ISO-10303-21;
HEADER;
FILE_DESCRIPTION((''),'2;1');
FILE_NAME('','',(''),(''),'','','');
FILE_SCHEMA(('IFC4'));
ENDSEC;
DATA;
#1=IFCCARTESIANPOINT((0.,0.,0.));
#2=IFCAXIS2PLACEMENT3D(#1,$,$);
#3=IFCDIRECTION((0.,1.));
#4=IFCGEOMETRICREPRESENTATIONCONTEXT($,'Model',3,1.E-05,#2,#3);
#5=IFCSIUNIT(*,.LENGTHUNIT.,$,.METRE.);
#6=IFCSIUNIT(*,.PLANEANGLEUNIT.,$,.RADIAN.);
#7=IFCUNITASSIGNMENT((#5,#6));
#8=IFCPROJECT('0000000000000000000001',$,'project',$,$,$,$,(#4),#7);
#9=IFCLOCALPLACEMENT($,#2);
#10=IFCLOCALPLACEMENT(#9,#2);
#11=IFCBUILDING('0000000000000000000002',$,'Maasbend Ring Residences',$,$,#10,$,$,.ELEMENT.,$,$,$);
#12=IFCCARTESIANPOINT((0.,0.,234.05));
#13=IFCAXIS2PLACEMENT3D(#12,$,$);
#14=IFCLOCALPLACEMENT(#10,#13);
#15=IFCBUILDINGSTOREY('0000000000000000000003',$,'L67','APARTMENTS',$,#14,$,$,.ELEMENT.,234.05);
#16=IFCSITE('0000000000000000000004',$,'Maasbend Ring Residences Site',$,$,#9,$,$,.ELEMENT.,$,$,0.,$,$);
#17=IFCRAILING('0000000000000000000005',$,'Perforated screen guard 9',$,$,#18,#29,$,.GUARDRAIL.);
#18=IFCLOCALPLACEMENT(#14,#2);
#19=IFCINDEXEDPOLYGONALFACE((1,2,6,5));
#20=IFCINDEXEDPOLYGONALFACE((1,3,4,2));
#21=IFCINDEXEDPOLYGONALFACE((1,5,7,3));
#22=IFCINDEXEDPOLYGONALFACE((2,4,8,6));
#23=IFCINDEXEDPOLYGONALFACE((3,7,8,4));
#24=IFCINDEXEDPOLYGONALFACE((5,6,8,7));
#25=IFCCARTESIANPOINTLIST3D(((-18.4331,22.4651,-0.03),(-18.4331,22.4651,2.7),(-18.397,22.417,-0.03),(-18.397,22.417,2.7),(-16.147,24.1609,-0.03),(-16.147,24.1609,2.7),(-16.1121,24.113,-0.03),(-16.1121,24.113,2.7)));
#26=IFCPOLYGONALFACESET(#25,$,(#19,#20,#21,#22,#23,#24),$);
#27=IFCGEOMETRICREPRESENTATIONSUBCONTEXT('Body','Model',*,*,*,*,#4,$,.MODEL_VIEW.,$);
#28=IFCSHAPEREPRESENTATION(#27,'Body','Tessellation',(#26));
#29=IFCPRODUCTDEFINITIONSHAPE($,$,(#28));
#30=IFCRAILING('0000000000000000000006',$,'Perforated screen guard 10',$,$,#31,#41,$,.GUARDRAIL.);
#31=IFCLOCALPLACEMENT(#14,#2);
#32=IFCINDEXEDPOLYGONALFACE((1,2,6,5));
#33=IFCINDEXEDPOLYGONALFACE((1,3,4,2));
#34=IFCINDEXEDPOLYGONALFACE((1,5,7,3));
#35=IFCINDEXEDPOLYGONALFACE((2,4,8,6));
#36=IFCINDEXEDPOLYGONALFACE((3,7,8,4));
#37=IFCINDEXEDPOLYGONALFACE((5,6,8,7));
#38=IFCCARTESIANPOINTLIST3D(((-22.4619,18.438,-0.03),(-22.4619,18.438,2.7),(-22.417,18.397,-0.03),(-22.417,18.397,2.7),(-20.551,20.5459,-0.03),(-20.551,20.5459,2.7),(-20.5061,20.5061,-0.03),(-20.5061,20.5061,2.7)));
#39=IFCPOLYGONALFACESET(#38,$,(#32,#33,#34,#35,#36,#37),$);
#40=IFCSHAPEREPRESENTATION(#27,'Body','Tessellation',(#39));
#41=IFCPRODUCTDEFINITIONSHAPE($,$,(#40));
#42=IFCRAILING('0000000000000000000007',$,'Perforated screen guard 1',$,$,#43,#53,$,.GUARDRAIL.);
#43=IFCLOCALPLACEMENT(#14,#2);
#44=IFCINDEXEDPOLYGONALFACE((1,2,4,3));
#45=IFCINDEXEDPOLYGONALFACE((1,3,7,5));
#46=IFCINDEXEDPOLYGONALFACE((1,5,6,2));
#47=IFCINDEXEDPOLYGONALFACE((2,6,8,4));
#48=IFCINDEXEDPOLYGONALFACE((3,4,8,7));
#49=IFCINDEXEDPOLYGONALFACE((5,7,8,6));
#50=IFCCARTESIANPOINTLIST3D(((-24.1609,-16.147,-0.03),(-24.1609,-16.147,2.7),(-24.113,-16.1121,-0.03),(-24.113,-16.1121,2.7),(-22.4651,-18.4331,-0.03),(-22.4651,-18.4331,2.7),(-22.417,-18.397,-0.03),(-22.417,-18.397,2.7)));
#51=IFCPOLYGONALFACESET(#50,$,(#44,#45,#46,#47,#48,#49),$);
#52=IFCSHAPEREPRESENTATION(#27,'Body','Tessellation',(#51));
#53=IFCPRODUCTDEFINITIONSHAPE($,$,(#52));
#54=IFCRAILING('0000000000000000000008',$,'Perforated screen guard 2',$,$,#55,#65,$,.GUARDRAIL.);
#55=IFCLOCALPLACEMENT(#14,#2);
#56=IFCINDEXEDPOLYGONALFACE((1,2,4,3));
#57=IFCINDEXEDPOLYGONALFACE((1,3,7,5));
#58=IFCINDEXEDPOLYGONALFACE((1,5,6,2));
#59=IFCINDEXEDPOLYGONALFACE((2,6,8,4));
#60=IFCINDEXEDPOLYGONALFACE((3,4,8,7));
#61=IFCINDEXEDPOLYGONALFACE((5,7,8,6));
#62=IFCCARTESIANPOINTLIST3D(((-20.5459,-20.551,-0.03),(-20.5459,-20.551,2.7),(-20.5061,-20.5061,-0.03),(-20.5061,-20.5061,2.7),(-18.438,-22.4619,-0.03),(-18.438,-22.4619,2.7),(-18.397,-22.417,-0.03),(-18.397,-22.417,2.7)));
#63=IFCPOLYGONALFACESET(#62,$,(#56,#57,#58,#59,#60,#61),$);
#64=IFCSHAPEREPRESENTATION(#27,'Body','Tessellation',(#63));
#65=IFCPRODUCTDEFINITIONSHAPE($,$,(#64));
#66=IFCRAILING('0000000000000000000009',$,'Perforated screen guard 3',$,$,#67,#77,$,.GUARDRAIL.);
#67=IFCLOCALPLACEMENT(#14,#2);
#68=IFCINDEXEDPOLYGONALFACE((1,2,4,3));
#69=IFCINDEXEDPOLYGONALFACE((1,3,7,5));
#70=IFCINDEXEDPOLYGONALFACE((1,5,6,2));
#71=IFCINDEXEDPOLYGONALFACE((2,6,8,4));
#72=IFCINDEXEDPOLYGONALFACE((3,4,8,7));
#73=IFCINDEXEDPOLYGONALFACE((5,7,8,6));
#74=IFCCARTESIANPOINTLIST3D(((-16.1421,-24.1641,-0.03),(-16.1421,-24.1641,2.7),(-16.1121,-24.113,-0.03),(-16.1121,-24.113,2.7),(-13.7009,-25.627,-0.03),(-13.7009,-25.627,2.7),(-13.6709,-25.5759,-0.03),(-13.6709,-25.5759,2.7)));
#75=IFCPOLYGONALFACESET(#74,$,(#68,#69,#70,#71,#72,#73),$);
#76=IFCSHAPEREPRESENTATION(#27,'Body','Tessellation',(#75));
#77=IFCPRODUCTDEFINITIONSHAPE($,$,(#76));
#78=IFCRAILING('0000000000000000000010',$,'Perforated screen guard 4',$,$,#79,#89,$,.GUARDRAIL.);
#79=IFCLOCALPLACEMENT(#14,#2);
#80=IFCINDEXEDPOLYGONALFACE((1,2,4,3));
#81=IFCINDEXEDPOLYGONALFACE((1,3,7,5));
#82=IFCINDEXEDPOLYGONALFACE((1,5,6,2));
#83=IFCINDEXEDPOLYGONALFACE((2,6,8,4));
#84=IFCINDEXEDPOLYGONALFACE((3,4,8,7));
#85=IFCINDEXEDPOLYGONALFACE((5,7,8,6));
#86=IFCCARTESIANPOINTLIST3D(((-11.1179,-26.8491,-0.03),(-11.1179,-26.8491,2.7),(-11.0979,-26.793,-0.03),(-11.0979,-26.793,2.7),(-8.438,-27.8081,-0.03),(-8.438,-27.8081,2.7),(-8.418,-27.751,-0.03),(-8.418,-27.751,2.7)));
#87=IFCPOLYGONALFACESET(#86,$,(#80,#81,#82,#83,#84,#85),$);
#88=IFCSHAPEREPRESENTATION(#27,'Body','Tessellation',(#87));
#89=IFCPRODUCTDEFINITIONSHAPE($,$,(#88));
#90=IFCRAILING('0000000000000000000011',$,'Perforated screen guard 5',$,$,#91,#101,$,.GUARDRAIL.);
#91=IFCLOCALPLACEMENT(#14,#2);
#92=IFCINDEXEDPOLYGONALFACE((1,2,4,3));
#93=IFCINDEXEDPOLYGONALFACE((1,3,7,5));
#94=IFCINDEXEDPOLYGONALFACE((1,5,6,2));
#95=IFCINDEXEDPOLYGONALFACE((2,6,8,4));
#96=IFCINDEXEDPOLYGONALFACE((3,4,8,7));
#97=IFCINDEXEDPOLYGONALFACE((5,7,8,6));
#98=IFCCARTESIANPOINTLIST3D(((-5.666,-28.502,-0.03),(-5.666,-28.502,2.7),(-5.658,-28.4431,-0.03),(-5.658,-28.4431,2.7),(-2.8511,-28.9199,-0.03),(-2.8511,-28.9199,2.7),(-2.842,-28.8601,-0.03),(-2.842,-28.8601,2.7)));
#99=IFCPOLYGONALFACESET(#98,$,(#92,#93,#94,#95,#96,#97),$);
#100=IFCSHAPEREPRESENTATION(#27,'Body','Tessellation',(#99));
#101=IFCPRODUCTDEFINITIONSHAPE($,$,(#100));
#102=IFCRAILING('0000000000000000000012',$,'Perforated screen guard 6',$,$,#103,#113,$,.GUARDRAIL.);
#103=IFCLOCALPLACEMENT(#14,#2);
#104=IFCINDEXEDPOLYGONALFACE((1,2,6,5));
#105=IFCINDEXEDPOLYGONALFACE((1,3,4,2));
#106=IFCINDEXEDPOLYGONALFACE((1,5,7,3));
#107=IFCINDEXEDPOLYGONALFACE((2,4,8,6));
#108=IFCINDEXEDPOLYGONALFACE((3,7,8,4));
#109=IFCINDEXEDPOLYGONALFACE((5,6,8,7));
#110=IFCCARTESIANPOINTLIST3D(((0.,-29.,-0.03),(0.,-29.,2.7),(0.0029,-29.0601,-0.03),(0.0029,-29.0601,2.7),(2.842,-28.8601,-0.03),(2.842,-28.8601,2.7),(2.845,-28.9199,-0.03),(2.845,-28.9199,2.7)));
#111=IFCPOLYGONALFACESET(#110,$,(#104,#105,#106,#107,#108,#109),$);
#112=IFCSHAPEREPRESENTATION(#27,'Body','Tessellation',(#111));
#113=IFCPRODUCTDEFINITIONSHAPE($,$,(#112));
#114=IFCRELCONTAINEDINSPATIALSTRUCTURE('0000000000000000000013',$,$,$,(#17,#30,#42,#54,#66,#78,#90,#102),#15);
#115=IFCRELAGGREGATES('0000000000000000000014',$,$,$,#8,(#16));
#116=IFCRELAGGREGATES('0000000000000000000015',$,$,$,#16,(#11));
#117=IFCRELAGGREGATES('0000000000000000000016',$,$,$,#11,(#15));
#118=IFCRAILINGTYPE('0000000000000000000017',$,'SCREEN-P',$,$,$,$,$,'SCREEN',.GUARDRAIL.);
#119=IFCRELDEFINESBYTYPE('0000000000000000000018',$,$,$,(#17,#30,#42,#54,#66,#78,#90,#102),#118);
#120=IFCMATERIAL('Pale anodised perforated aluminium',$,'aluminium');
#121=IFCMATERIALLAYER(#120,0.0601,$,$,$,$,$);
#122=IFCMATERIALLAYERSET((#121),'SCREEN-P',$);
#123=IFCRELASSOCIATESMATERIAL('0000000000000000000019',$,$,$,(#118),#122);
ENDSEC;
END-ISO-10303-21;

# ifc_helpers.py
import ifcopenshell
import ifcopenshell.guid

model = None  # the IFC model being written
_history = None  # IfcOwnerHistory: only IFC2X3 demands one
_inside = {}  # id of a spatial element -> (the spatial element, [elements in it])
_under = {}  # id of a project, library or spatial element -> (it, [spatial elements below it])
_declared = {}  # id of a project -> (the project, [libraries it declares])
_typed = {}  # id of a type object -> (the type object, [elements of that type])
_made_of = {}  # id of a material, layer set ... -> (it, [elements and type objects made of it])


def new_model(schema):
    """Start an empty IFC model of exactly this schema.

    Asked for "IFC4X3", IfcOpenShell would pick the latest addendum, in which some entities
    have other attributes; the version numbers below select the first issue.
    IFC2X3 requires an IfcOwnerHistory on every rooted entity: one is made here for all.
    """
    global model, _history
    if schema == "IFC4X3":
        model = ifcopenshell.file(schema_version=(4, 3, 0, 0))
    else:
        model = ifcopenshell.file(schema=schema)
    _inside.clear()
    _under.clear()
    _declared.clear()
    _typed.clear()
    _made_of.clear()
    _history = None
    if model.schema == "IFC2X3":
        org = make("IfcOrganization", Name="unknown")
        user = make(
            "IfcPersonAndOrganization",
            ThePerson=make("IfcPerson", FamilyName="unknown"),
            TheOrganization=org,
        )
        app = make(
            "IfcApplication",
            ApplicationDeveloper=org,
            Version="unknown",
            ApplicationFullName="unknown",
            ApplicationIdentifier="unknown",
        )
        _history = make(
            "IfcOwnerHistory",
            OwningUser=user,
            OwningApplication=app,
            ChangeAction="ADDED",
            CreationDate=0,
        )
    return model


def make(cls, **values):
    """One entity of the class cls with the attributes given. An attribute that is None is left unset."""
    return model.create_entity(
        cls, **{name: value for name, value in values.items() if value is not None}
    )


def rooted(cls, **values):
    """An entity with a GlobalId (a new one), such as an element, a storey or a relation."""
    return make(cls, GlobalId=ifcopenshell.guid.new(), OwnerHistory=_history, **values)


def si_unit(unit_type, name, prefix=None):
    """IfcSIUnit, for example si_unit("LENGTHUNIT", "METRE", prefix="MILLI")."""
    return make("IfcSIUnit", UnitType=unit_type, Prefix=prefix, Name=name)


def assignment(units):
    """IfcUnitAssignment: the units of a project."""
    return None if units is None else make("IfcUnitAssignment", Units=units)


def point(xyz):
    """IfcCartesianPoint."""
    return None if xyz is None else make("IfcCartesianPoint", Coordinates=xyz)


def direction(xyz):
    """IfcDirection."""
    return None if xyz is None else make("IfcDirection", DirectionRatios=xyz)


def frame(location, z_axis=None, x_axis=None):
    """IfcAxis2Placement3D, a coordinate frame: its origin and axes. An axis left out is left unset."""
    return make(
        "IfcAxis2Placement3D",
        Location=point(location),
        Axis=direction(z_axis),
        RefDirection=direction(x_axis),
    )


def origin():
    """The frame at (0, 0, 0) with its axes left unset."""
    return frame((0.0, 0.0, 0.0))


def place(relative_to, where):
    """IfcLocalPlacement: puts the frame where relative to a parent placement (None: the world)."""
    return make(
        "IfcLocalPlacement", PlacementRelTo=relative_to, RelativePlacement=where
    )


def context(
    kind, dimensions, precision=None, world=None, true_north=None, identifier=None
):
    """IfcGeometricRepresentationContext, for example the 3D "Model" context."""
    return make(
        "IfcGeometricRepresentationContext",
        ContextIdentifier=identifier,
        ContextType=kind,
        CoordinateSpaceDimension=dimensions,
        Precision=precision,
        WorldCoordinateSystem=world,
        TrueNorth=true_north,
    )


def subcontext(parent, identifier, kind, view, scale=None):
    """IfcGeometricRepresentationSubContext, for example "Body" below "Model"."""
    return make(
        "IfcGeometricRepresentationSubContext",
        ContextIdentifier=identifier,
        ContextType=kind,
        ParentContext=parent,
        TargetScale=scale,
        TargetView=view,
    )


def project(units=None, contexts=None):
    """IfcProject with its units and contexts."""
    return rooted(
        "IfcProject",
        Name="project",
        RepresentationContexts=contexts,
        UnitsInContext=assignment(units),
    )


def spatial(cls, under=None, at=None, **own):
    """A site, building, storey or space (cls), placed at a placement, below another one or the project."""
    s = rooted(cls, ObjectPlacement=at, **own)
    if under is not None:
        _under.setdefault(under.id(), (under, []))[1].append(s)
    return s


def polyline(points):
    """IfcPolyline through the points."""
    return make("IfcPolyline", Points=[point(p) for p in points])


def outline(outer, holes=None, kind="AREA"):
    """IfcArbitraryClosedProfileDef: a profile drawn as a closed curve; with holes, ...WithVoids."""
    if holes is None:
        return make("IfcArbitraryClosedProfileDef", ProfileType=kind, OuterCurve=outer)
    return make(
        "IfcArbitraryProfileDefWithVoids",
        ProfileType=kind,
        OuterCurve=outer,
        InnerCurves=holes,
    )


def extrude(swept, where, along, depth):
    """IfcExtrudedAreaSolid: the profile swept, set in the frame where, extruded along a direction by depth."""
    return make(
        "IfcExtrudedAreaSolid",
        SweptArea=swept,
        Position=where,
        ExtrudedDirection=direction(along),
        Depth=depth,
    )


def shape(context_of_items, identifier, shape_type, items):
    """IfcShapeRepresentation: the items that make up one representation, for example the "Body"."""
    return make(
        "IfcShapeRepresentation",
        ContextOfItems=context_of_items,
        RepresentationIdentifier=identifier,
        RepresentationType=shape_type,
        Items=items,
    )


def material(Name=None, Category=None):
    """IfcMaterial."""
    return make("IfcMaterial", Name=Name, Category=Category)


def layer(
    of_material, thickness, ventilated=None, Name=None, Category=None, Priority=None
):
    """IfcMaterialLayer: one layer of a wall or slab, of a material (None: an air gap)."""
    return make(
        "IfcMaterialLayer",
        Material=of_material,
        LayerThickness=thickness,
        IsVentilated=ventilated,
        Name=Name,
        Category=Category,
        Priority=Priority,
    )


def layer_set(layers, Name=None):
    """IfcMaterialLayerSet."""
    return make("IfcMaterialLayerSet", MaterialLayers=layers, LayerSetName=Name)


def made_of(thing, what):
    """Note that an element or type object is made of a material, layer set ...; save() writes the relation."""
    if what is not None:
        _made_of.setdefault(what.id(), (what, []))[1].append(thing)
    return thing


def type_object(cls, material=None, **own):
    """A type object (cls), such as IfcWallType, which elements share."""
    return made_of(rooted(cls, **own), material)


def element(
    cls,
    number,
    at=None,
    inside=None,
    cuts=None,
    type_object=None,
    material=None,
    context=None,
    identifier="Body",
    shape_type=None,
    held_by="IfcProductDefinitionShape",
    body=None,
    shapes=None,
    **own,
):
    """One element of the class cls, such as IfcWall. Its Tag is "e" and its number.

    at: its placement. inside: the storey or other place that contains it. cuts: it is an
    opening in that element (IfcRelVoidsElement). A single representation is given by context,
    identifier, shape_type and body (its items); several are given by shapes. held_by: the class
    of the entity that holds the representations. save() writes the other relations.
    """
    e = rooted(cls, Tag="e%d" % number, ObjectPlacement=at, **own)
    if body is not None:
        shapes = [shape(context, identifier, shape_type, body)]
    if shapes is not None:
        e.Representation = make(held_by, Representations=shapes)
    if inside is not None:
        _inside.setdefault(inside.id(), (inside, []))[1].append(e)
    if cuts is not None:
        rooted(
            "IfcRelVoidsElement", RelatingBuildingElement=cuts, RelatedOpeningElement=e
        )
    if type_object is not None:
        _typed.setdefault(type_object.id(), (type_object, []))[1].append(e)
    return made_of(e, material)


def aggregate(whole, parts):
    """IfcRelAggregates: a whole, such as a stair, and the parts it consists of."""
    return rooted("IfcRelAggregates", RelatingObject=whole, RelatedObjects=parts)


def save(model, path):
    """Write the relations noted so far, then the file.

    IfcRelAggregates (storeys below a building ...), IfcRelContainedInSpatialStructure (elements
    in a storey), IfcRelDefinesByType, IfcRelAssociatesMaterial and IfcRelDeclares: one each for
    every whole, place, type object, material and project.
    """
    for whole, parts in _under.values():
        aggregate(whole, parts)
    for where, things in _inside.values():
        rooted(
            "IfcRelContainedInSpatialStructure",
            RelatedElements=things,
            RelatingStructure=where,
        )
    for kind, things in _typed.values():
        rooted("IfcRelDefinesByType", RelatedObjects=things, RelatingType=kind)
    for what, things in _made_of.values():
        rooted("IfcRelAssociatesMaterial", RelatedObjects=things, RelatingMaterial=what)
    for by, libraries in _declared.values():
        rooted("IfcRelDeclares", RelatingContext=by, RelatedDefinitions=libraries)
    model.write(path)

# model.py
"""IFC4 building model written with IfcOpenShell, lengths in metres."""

from ifc_helpers import new_model, si_unit, direction, frame, origin, place, context, subcontext, project, spatial, polyline, outline, extrude, material, layer, layer_set, type_object, element, save


model = new_model("IFC4")

# Units and contexts
model_context = context("Model", 3, precision=1e-05, world=origin(), true_north=direction((0.0, 1.0)))
body_context = subcontext(model_context, "Body", "Model", "MODEL_VIEW")
ifc_project = project(units=[si_unit("LENGTHUNIT", "METRE"), si_unit("PLANEANGLEUNIT", "RADIAN")], contexts=[model_context])

# Site, building, storey
site_placement = place(None, origin())
site = spatial("IfcSite", under=ifc_project, at=site_placement, Name="Maasbend Ring Residences Site", CompositionType="ELEMENT", RefElevation=0.0)
building_placement = place(site_placement, origin())
building = spatial("IfcBuilding", under=site, at=building_placement, Name="Maasbend Ring Residences", CompositionType="ELEMENT")
storey_placement = place(building_placement, frame((0.0, 0.0, 234.05)))
storey = spatial("IfcBuildingStorey", under=building, at=storey_placement, Name="L67", Description="APARTMENTS", CompositionType="ELEMENT", Elevation=234.05)

# Railings
ifc_material_1 = material(Name="Pale anodised perforated aluminium", Category="aluminium")
ifc_layer_1 = layer(ifc_material_1, 0.0601)
ifc_layer_set_1 = layer_set([ifc_layer_1], Name="SCREEN-P")
railing_type = type_object("IfcRailingType", Name="SCREEN-P", ElementType="SCREEN", PredefinedType="GUARDRAIL", material=ifc_layer_set_1)
railing_1_placement = place(storey_placement, frame((0.0, 0.0, -0.03)))
element("IfcRailing", 1, at=railing_1_placement, inside=storey, type_object=railing_type, Name="Perforated screen guard 9", PredefinedType="GUARDRAIL", context=body_context, shape_type="SweptSolid", body=[
    extrude(outline(polyline([(-16.1121, 24.113), (-18.397, 22.417), (-18.4331, 22.4651), (-16.147, 24.1609), (-16.1121, 24.113)])), origin(), (0.0, 0.0, 1.0), 2.73),
])
railing_2_placement = place(storey_placement, frame((0.0, 0.0, -0.03)))
element("IfcRailing", 2, at=railing_2_placement, inside=storey, type_object=railing_type, Name="Perforated screen guard 10", PredefinedType="GUARDRAIL", context=body_context, shape_type="SweptSolid", body=[
    extrude(outline(polyline([(-20.5061, 20.5061), (-22.417, 18.397), (-22.4619, 18.438), (-20.551, 20.5459), (-20.5061, 20.5061)])), origin(), (0.0, 0.0, 1.0), 2.73),
])
railing_3_placement = place(storey_placement, frame((0.0, 0.0, -0.03)))
element("IfcRailing", 3, at=railing_3_placement, inside=storey, type_object=railing_type, Name="Perforated screen guard 1", PredefinedType="GUARDRAIL", context=body_context, shape_type="SweptSolid", body=[
    extrude(outline(polyline([(-24.113, -16.1121), (-22.417, -18.397), (-22.4651, -18.4331), (-24.1609, -16.147), (-24.113, -16.1121)])), origin(), (0.0, 0.0, 1.0), 2.73),
])
railing_4_placement = place(storey_placement, frame((0.0, 0.0, -0.03)))
element("IfcRailing", 4, at=railing_4_placement, inside=storey, type_object=railing_type, Name="Perforated screen guard 2", PredefinedType="GUARDRAIL", context=body_context, shape_type="SweptSolid", body=[
    extrude(outline(polyline([(-20.5061, -20.5061), (-18.397, -22.417), (-18.438, -22.4619), (-20.5459, -20.551), (-20.5061, -20.5061)])), origin(), (0.0, 0.0, 1.0), 2.73),
])
railing_5_placement = place(storey_placement, frame((0.0, 0.0, -0.03)))
element("IfcRailing", 5, at=railing_5_placement, inside=storey, type_object=railing_type, Name="Perforated screen guard 3", PredefinedType="GUARDRAIL", context=body_context, shape_type="SweptSolid", body=[
    extrude(outline(polyline([(-16.1121, -24.113), (-13.6709, -25.5759), (-13.7009, -25.627), (-16.1421, -24.1641), (-16.1121, -24.113)])), origin(), (0.0, 0.0, 1.0), 2.73),
])
railing_6_placement = place(storey_placement, frame((0.0, 0.0, -0.03)))
element("IfcRailing", 6, at=railing_6_placement, inside=storey, type_object=railing_type, Name="Perforated screen guard 4", PredefinedType="GUARDRAIL", context=body_context, shape_type="SweptSolid", body=[
    extrude(outline(polyline([(-11.0979, -26.793), (-8.418, -27.751), (-8.438, -27.8081), (-11.1179, -26.8491), (-11.0979, -26.793)])), origin(), (0.0, 0.0, 1.0), 2.73),
])
railing_7_placement = place(storey_placement, frame((0.0, 0.0, -0.03)))
element("IfcRailing", 7, at=railing_7_placement, inside=storey, type_object=railing_type, Name="Perforated screen guard 5", PredefinedType="GUARDRAIL", context=body_context, shape_type="SweptSolid", body=[
    extrude(outline(polyline([(-5.658, -28.4431), (-2.842, -28.8601), (-2.8511, -28.9199), (-5.666, -28.502), (-5.658, -28.4431)])), origin(), (0.0, 0.0, 1.0), 2.73),
])
railing_8_placement = place(storey_placement, frame((0.0, 0.0, -0.03)))
element("IfcRailing", 8, at=railing_8_placement, inside=storey, type_object=railing_type, Name="Perforated screen guard 6", PredefinedType="GUARDRAIL", context=body_context, shape_type="SweptSolid", body=[
    extrude(outline(polyline([(0.0, -29.0), (2.842, -28.8601), (2.845, -28.9199), (0.0029, -29.0601), (0.0, -29.0)])), origin(), (0.0, 0.0, 1.0), 2.73),
])

save(model, "model.ifc")
